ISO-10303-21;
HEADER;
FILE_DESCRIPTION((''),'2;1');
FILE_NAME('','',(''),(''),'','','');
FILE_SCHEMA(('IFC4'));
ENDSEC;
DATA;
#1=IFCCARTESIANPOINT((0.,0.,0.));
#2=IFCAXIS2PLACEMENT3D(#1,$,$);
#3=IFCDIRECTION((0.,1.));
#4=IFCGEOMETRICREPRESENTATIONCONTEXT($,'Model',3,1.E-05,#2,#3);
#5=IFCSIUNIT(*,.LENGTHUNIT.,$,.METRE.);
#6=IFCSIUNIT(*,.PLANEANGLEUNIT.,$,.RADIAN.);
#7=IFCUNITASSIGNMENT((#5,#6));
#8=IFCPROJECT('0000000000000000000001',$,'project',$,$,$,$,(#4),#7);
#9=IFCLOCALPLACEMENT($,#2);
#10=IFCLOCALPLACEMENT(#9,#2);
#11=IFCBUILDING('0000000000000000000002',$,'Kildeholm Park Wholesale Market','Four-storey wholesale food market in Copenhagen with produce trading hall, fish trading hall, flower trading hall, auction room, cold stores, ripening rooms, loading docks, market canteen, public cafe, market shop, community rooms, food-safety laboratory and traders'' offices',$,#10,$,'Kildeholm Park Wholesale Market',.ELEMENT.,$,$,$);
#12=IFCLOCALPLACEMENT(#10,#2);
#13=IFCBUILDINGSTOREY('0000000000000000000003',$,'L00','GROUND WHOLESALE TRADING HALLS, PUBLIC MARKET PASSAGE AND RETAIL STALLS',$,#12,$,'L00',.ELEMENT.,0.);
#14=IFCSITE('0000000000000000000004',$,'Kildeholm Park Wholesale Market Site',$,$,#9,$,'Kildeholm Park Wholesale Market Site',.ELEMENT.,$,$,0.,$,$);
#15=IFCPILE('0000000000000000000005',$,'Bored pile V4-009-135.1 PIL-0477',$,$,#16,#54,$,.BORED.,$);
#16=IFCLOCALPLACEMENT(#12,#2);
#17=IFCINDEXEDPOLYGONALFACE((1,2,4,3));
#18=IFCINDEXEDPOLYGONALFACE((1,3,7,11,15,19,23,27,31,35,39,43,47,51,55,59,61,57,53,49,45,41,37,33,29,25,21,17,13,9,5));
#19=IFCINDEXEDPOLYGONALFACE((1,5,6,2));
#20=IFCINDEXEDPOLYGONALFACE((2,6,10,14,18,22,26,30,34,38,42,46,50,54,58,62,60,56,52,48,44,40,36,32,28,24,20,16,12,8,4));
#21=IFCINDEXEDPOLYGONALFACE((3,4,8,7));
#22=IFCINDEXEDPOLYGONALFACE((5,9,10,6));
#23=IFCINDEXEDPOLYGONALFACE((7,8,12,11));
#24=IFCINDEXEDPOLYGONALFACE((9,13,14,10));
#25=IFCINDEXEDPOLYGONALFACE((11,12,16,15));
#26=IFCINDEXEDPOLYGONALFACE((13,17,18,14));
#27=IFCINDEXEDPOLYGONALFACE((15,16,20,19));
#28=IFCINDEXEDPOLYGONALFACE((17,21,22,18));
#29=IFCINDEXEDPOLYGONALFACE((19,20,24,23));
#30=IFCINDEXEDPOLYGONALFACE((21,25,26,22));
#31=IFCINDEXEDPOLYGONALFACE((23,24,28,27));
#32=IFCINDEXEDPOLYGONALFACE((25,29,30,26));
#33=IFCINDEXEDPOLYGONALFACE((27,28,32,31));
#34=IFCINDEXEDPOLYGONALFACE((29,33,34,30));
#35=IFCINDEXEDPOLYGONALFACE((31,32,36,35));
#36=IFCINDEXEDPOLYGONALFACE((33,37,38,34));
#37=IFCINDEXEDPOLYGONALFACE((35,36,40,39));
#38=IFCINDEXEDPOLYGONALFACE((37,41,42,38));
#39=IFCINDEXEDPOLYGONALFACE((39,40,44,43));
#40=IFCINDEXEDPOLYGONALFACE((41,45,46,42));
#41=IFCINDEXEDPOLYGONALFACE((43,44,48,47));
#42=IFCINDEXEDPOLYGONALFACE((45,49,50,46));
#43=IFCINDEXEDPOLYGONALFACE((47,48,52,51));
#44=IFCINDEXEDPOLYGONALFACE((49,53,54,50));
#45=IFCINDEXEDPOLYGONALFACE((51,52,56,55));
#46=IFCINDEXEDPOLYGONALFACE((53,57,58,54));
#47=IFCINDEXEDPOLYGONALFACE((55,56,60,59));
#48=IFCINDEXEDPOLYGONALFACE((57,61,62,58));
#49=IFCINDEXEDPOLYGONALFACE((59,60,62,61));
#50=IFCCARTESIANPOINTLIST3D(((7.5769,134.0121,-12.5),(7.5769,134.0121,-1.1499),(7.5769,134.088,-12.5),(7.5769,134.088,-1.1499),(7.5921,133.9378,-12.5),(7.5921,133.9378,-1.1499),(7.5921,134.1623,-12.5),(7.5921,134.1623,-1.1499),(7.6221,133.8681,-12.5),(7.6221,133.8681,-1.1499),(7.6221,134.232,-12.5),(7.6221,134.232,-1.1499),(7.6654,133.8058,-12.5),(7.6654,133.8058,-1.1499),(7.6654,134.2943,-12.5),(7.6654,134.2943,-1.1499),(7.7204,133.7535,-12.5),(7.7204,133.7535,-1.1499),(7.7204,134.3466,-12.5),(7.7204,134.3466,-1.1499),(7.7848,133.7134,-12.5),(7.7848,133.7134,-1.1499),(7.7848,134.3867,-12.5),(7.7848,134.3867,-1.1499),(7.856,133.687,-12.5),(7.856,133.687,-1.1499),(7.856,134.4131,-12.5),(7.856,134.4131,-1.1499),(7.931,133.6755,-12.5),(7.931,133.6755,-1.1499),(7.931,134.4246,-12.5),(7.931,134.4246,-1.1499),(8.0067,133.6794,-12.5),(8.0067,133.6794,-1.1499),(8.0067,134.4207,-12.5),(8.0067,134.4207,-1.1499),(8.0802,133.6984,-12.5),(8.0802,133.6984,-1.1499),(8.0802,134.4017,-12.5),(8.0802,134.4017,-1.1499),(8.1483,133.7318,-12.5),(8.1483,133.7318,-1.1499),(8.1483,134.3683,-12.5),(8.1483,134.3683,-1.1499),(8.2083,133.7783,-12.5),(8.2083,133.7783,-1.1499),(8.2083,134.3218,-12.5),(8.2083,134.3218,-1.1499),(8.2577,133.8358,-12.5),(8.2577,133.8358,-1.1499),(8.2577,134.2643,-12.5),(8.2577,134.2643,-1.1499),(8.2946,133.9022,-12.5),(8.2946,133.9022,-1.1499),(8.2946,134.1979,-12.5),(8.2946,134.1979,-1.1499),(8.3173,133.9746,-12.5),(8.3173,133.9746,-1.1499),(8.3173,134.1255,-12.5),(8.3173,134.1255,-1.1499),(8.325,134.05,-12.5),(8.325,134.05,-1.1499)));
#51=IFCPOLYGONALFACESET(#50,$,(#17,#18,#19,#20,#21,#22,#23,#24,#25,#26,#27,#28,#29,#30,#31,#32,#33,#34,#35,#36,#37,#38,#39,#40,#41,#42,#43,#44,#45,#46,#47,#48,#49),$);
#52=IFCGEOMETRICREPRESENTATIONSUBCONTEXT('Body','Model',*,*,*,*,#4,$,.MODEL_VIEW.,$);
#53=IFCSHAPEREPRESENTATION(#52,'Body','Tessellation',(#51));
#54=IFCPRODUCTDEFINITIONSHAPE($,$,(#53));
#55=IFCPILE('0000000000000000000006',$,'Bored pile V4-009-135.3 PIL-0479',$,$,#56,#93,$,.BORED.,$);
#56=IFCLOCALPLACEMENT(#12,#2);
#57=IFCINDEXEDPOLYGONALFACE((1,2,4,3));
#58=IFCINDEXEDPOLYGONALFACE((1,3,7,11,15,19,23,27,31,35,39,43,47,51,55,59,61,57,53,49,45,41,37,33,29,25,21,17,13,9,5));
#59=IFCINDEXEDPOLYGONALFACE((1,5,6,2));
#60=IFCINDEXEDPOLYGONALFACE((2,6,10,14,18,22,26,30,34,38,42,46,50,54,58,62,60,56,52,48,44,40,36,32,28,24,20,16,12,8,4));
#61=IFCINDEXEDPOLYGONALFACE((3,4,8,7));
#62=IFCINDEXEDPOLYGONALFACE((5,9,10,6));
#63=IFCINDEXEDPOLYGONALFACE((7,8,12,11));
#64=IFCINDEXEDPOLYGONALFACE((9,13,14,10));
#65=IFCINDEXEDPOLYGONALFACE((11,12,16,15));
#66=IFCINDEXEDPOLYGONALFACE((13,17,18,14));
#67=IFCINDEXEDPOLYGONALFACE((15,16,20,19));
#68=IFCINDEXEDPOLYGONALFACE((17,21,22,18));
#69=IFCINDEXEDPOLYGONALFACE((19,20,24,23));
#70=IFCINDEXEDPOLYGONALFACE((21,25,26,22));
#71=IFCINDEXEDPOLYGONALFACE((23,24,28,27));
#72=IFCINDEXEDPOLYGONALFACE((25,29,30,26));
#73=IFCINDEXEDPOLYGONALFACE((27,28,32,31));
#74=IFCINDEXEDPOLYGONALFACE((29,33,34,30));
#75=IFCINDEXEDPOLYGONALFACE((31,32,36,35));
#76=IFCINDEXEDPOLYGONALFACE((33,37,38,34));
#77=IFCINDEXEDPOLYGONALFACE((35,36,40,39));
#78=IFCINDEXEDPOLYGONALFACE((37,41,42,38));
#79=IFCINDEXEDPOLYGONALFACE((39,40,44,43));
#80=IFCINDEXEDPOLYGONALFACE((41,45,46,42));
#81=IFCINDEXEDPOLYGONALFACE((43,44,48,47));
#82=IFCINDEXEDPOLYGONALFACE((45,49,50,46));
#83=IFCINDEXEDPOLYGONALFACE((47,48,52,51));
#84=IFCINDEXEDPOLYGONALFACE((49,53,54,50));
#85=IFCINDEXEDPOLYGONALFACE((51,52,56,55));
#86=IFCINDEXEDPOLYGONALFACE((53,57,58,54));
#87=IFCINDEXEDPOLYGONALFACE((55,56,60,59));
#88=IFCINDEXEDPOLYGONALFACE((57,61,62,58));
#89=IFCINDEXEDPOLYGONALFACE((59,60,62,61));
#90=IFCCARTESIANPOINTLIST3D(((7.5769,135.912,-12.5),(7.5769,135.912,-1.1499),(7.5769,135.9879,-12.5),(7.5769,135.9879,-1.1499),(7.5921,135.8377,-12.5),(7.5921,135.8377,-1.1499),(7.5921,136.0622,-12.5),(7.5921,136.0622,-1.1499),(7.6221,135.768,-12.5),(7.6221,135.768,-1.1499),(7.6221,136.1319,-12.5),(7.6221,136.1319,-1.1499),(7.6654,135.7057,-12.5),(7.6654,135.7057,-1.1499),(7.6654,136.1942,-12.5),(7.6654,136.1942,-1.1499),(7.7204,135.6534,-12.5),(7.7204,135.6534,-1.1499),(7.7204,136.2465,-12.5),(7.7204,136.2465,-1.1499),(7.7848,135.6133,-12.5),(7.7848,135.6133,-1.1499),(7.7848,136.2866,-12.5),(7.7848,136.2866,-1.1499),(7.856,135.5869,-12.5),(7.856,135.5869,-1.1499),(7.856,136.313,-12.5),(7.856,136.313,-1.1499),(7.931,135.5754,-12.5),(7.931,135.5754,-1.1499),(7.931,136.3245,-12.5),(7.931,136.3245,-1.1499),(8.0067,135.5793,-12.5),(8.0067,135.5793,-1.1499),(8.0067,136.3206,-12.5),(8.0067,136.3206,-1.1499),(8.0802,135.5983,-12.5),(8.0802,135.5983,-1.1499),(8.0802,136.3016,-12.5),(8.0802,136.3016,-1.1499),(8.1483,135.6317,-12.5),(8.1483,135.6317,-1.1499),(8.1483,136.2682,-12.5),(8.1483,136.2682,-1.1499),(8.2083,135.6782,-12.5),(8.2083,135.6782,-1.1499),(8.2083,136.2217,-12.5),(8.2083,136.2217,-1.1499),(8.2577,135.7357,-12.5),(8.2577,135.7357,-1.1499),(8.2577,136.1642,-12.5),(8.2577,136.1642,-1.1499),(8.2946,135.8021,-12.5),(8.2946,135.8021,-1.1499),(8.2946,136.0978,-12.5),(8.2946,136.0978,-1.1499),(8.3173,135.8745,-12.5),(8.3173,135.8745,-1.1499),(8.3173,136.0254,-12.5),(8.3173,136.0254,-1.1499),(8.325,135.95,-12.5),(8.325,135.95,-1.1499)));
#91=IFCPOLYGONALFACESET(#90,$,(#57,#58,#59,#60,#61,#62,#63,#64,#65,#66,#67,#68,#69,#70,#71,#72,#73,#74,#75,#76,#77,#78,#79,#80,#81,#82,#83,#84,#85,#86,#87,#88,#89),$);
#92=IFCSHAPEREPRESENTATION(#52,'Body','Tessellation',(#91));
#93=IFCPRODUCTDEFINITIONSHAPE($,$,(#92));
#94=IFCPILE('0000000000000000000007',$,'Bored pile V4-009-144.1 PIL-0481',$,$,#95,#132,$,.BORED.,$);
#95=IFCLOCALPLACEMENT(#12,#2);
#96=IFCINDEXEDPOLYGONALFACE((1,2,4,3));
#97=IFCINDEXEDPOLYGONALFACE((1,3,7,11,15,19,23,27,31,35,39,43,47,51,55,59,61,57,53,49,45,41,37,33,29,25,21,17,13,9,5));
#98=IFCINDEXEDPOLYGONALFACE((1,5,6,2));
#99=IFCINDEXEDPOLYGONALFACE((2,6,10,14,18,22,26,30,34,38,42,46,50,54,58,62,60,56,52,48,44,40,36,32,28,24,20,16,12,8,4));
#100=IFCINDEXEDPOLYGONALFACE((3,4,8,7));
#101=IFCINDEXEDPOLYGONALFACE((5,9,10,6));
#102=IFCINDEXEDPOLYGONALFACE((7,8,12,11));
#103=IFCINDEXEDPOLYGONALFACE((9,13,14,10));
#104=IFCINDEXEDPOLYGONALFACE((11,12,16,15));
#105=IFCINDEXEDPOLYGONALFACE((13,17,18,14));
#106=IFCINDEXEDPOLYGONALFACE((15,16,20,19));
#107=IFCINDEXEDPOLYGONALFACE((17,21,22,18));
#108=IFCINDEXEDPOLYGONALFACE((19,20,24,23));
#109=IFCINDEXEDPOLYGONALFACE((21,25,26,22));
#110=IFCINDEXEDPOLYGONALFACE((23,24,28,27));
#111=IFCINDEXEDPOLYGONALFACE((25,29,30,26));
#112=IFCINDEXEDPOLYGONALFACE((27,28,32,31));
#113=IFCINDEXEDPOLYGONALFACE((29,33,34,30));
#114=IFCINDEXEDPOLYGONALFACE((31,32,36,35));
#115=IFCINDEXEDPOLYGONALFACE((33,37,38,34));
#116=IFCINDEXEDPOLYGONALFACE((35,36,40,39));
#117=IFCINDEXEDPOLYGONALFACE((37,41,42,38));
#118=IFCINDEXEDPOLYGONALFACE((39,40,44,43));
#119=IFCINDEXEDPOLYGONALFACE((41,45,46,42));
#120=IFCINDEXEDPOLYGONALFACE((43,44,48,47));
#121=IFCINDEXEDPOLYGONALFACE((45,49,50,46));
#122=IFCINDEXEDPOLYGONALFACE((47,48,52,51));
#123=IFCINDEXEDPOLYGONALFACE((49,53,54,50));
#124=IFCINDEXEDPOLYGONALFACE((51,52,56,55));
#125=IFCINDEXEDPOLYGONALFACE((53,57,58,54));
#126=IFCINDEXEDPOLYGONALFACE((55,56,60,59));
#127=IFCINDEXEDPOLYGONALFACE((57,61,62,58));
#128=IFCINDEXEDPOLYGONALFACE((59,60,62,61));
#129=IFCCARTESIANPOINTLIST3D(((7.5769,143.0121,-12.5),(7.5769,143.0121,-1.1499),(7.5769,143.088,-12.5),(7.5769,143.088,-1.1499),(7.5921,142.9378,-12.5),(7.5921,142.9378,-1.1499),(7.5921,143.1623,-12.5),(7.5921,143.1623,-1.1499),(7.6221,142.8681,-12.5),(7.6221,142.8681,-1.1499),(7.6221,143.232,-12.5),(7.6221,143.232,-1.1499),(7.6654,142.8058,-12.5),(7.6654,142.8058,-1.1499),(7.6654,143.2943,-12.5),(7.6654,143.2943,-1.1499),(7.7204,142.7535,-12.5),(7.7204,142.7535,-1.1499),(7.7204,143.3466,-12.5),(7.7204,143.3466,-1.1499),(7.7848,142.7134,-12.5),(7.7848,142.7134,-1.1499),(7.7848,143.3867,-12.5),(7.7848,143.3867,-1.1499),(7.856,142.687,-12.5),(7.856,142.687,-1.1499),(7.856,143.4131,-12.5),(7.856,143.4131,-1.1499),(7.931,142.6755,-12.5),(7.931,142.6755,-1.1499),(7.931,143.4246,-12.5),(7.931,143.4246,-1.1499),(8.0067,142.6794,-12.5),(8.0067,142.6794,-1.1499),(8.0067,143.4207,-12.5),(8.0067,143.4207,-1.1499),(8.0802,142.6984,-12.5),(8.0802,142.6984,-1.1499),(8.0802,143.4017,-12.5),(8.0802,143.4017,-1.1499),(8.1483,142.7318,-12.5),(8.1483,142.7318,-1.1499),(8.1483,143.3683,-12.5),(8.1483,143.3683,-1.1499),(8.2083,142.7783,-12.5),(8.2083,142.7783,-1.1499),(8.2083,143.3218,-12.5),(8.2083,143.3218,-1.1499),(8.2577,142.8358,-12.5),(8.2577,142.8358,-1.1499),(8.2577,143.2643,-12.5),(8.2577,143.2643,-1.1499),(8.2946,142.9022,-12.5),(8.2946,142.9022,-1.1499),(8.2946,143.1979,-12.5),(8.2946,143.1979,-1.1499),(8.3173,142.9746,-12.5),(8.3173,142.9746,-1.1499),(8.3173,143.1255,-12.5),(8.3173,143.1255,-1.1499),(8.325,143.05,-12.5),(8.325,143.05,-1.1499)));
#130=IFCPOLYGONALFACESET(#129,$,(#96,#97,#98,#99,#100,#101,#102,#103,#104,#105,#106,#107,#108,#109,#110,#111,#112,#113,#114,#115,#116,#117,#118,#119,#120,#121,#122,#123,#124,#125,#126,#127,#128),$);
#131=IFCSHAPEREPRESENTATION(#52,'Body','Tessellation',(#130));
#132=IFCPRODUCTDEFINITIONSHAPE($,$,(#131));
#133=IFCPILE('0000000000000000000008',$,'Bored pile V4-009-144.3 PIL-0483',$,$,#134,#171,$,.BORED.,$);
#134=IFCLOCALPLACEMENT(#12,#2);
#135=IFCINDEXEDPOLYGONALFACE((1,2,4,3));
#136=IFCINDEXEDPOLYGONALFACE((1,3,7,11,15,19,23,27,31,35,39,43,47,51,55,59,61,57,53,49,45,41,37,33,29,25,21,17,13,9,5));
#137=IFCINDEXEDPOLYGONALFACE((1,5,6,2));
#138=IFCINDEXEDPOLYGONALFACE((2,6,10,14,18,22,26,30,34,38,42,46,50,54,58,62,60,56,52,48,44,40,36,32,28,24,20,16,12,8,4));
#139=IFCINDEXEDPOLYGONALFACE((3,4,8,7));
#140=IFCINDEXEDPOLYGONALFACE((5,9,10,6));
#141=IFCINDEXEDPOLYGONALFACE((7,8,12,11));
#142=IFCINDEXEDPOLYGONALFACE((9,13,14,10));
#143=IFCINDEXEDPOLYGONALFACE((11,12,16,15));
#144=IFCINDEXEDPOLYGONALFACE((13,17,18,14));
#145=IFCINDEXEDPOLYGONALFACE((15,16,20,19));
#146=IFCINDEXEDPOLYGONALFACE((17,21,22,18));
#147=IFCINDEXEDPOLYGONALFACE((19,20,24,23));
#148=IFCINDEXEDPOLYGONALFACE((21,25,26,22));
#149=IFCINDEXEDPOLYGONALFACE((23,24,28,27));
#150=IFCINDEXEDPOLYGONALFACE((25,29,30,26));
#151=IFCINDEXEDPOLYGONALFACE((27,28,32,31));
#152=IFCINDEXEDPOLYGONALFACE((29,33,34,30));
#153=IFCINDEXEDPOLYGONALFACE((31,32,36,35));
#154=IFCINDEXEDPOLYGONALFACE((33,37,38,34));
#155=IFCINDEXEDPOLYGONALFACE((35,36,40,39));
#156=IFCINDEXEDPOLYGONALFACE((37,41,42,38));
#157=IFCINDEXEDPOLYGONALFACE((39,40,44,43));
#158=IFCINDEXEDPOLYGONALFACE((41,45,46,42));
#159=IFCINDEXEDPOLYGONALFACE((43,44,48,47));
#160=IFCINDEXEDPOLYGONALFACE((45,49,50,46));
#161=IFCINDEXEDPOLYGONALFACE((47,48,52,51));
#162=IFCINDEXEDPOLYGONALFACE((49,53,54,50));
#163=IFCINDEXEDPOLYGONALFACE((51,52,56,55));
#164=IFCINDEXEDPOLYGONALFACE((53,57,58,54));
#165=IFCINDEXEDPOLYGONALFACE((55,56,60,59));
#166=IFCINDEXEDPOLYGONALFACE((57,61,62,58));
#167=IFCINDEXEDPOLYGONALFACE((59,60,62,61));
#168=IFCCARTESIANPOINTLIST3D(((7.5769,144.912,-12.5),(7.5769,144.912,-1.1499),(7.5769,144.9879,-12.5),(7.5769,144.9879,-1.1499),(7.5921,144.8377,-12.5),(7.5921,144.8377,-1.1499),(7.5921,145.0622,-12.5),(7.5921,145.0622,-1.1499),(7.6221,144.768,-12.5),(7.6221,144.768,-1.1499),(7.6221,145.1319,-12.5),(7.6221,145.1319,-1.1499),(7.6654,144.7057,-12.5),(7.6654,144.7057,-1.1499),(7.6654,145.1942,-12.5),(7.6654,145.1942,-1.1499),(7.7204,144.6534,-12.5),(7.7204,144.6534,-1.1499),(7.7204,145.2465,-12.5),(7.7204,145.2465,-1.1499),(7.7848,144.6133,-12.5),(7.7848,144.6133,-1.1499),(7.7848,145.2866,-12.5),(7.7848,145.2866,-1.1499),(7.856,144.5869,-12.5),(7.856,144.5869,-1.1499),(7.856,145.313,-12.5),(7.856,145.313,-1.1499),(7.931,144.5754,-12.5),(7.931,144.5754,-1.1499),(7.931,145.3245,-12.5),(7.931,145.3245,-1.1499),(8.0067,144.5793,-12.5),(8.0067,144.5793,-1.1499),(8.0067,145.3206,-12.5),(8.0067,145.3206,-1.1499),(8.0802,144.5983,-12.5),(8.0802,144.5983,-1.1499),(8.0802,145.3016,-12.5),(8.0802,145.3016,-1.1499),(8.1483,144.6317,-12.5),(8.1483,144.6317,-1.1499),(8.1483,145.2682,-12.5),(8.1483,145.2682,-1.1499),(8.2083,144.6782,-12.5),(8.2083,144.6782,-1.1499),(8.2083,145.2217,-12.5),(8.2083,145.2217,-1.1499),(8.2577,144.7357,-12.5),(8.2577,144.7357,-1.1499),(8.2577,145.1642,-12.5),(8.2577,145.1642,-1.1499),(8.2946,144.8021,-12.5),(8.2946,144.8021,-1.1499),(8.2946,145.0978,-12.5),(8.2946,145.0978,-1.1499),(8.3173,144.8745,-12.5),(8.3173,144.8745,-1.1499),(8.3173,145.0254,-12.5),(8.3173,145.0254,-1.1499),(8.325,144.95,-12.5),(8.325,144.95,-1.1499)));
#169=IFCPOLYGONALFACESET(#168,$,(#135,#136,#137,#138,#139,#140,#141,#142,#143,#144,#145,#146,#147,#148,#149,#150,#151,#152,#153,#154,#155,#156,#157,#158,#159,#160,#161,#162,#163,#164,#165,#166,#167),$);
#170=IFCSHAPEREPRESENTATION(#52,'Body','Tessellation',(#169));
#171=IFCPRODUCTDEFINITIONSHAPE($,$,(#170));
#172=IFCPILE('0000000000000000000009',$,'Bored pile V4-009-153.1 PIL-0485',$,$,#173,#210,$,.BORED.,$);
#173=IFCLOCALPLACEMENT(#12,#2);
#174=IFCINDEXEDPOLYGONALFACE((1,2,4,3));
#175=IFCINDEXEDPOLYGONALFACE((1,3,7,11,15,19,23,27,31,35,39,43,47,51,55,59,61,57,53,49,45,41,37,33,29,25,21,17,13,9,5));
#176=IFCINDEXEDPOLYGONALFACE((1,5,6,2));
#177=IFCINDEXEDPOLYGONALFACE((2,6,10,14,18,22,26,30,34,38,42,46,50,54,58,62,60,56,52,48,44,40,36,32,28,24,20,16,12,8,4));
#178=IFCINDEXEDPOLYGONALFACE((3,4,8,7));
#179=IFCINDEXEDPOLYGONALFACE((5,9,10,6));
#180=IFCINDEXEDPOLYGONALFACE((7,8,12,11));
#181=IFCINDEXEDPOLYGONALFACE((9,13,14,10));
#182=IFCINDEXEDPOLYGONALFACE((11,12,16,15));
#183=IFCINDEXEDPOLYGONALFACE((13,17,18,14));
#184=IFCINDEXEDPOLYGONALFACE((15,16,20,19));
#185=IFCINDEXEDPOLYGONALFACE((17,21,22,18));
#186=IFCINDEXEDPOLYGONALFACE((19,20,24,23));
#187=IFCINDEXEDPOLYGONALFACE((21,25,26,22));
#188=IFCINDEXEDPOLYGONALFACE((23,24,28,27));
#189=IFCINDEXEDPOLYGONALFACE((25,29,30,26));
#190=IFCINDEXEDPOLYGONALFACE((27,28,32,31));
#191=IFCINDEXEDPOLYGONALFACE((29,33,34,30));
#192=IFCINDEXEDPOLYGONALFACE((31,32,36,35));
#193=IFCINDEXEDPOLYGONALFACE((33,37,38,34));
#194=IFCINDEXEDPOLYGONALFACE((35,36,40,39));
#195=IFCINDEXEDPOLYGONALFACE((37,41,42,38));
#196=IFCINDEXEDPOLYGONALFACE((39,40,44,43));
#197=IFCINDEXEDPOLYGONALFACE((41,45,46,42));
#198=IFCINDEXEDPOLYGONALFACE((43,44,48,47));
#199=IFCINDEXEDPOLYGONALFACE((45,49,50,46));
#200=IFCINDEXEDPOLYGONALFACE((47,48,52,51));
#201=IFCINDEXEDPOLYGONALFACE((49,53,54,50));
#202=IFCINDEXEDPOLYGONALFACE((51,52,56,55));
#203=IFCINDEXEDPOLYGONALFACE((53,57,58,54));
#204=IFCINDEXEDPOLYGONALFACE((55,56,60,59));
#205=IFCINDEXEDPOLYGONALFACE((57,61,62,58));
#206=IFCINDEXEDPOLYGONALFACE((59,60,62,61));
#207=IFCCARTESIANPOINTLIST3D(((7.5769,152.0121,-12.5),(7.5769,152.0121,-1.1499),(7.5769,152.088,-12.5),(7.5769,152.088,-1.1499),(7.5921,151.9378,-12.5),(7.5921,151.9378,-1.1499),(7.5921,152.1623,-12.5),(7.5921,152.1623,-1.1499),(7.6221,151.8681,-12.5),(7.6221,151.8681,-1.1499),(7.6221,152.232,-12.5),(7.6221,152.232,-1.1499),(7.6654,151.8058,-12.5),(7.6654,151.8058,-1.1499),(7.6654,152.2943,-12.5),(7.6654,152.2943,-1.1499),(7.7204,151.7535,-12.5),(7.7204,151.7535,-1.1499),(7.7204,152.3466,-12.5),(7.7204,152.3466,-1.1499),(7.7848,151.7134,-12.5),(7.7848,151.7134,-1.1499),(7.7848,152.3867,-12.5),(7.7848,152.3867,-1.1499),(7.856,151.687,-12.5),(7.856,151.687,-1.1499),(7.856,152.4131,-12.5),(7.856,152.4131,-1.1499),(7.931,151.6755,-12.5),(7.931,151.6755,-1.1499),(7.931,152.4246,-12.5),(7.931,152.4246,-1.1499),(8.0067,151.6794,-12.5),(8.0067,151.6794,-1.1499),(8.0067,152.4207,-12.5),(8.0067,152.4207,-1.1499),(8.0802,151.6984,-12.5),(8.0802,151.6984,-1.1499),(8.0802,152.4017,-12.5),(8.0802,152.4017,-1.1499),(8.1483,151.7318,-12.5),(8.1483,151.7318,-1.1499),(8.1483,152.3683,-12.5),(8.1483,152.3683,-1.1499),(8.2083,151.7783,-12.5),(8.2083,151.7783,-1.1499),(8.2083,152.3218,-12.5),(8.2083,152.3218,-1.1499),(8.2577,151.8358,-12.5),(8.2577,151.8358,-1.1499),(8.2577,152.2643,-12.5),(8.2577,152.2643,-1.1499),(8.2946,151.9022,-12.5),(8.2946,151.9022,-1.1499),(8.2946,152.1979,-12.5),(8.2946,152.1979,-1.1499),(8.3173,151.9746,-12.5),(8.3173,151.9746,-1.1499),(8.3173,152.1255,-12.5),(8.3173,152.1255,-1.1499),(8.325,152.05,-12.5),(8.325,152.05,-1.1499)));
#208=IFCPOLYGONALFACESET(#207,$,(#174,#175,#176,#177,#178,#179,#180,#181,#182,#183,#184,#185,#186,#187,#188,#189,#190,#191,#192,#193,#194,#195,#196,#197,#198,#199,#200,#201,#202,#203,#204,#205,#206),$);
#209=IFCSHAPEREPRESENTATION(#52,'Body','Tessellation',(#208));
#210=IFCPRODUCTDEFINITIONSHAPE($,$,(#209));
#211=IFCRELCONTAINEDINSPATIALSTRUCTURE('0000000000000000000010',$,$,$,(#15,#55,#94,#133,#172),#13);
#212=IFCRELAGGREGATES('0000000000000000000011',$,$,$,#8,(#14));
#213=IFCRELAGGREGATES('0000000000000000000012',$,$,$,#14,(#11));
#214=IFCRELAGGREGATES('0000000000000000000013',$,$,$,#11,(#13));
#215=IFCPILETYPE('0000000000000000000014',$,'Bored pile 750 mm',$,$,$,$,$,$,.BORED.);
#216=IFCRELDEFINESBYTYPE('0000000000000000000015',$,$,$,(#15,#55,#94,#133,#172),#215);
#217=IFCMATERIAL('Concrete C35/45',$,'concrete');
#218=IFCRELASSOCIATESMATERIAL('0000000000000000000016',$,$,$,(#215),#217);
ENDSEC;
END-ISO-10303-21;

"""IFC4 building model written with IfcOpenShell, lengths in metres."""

from ifc_helpers import new_model, si_unit, direction, frame, origin, origin_2d, place, context, subcontext, project, spatial, circle, extrude, material, material_profile, profile_set, type_object, element, save


model = new_model("IFC4")

# Units and contexts
model_context = context("Model", 3, precision=1e-05, world=origin(), true_north=direction((0.0, 1.0)))
body_context = subcontext(model_context, "Body", "Model", "MODEL_VIEW")
ifc_project = project(units=[si_unit("LENGTHUNIT", "METRE"), si_unit("PLANEANGLEUNIT", "RADIAN")], contexts=[model_context])

# Site, building, storey
site_placement = place(None, origin())
site = spatial("IfcSite", under=ifc_project, at=site_placement, Name="Kildeholm Park Wholesale Market Site", LongName="Kildeholm Park Wholesale Market Site", CompositionType="ELEMENT", RefElevation=0.0)
building_placement = place(site_placement, origin())
building = spatial("IfcBuilding", under=site, at=building_placement, Name="Kildeholm Park Wholesale Market", Description="Four-storey wholesale food market in Copenhagen with produce trading hall, fish trading hall, flower trading hall, auction room, cold stores, ripening rooms, loading docks, market canteen, public cafe, market shop, community rooms, food-safety laboratory and traders' offices", LongName="Kildeholm Park Wholesale Market", CompositionType="ELEMENT")
storey_placement = place(building_placement, origin())
storey = spatial("IfcBuildingStorey", under=building, at=storey_placement, Name="L00", Description="GROUND WHOLESALE TRADING HALLS, PUBLIC MARKET PASSAGE AND RETAIL STALLS", LongName="L00", CompositionType="ELEMENT", Elevation=0.0)

# Piles
ifc_material_1 = material(Name="Concrete C35/45", Category="concrete")
ifc_material_profile_1 = material_profile(ifc_material_1, circle(Radius=0.375, at=origin_2d()), Name="PILE D750")
ifc_profile_set_1 = profile_set([ifc_material_profile_1], Name="Concrete C35/45")
pile_type = type_object("IfcPileType", Name="Bored pile 750 mm", PredefinedType="BORED", material=ifc_profile_set_1)
for number, where, z_axis, x_axis, name in (
    (1, (7.95, 134.05, -1.1499), (0.0, 0.0, -1.0), (1.0, 0.0, 0.0), "Bored pile V4-009-135.1 PIL-0477"),
    (2, (7.95, 135.95, -1.1499), (0.0, 0.0, -1.0), (1.0, 0.0, 0.0), "Bored pile V4-009-135.3 PIL-0479"),
    (3, (7.95, 143.05, -1.1499), (0.0, 0.0, -1.0), (1.0, 0.0, 0.0), "Bored pile V4-009-144.1 PIL-0481"),
    (4, (7.95, 144.95, -1.1499), (0.0, 0.0, -1.0), (1.0, 0.0, 0.0), "Bored pile V4-009-144.3 PIL-0483"),
    (5, (7.95, 152.05, -1.1499), (0.0, 0.0, -1.0), (1.0, 0.0, 0.0), "Bored pile V4-009-153.1 PIL-0485"),
):
    element("IfcPile", number, at=place(storey_placement, frame(where, z_axis=z_axis, x_axis=x_axis)), inside=storey, type_object=pile_type, Name=name, PredefinedType="BORED", context=body_context, shape_type="SweptSolid", body=[
        extrude(circle(Radius=0.375, at=origin_2d()), origin(), (0.0, 0.0, 1.0), 11.3501),
    ])

save(model, "model.ifc")
